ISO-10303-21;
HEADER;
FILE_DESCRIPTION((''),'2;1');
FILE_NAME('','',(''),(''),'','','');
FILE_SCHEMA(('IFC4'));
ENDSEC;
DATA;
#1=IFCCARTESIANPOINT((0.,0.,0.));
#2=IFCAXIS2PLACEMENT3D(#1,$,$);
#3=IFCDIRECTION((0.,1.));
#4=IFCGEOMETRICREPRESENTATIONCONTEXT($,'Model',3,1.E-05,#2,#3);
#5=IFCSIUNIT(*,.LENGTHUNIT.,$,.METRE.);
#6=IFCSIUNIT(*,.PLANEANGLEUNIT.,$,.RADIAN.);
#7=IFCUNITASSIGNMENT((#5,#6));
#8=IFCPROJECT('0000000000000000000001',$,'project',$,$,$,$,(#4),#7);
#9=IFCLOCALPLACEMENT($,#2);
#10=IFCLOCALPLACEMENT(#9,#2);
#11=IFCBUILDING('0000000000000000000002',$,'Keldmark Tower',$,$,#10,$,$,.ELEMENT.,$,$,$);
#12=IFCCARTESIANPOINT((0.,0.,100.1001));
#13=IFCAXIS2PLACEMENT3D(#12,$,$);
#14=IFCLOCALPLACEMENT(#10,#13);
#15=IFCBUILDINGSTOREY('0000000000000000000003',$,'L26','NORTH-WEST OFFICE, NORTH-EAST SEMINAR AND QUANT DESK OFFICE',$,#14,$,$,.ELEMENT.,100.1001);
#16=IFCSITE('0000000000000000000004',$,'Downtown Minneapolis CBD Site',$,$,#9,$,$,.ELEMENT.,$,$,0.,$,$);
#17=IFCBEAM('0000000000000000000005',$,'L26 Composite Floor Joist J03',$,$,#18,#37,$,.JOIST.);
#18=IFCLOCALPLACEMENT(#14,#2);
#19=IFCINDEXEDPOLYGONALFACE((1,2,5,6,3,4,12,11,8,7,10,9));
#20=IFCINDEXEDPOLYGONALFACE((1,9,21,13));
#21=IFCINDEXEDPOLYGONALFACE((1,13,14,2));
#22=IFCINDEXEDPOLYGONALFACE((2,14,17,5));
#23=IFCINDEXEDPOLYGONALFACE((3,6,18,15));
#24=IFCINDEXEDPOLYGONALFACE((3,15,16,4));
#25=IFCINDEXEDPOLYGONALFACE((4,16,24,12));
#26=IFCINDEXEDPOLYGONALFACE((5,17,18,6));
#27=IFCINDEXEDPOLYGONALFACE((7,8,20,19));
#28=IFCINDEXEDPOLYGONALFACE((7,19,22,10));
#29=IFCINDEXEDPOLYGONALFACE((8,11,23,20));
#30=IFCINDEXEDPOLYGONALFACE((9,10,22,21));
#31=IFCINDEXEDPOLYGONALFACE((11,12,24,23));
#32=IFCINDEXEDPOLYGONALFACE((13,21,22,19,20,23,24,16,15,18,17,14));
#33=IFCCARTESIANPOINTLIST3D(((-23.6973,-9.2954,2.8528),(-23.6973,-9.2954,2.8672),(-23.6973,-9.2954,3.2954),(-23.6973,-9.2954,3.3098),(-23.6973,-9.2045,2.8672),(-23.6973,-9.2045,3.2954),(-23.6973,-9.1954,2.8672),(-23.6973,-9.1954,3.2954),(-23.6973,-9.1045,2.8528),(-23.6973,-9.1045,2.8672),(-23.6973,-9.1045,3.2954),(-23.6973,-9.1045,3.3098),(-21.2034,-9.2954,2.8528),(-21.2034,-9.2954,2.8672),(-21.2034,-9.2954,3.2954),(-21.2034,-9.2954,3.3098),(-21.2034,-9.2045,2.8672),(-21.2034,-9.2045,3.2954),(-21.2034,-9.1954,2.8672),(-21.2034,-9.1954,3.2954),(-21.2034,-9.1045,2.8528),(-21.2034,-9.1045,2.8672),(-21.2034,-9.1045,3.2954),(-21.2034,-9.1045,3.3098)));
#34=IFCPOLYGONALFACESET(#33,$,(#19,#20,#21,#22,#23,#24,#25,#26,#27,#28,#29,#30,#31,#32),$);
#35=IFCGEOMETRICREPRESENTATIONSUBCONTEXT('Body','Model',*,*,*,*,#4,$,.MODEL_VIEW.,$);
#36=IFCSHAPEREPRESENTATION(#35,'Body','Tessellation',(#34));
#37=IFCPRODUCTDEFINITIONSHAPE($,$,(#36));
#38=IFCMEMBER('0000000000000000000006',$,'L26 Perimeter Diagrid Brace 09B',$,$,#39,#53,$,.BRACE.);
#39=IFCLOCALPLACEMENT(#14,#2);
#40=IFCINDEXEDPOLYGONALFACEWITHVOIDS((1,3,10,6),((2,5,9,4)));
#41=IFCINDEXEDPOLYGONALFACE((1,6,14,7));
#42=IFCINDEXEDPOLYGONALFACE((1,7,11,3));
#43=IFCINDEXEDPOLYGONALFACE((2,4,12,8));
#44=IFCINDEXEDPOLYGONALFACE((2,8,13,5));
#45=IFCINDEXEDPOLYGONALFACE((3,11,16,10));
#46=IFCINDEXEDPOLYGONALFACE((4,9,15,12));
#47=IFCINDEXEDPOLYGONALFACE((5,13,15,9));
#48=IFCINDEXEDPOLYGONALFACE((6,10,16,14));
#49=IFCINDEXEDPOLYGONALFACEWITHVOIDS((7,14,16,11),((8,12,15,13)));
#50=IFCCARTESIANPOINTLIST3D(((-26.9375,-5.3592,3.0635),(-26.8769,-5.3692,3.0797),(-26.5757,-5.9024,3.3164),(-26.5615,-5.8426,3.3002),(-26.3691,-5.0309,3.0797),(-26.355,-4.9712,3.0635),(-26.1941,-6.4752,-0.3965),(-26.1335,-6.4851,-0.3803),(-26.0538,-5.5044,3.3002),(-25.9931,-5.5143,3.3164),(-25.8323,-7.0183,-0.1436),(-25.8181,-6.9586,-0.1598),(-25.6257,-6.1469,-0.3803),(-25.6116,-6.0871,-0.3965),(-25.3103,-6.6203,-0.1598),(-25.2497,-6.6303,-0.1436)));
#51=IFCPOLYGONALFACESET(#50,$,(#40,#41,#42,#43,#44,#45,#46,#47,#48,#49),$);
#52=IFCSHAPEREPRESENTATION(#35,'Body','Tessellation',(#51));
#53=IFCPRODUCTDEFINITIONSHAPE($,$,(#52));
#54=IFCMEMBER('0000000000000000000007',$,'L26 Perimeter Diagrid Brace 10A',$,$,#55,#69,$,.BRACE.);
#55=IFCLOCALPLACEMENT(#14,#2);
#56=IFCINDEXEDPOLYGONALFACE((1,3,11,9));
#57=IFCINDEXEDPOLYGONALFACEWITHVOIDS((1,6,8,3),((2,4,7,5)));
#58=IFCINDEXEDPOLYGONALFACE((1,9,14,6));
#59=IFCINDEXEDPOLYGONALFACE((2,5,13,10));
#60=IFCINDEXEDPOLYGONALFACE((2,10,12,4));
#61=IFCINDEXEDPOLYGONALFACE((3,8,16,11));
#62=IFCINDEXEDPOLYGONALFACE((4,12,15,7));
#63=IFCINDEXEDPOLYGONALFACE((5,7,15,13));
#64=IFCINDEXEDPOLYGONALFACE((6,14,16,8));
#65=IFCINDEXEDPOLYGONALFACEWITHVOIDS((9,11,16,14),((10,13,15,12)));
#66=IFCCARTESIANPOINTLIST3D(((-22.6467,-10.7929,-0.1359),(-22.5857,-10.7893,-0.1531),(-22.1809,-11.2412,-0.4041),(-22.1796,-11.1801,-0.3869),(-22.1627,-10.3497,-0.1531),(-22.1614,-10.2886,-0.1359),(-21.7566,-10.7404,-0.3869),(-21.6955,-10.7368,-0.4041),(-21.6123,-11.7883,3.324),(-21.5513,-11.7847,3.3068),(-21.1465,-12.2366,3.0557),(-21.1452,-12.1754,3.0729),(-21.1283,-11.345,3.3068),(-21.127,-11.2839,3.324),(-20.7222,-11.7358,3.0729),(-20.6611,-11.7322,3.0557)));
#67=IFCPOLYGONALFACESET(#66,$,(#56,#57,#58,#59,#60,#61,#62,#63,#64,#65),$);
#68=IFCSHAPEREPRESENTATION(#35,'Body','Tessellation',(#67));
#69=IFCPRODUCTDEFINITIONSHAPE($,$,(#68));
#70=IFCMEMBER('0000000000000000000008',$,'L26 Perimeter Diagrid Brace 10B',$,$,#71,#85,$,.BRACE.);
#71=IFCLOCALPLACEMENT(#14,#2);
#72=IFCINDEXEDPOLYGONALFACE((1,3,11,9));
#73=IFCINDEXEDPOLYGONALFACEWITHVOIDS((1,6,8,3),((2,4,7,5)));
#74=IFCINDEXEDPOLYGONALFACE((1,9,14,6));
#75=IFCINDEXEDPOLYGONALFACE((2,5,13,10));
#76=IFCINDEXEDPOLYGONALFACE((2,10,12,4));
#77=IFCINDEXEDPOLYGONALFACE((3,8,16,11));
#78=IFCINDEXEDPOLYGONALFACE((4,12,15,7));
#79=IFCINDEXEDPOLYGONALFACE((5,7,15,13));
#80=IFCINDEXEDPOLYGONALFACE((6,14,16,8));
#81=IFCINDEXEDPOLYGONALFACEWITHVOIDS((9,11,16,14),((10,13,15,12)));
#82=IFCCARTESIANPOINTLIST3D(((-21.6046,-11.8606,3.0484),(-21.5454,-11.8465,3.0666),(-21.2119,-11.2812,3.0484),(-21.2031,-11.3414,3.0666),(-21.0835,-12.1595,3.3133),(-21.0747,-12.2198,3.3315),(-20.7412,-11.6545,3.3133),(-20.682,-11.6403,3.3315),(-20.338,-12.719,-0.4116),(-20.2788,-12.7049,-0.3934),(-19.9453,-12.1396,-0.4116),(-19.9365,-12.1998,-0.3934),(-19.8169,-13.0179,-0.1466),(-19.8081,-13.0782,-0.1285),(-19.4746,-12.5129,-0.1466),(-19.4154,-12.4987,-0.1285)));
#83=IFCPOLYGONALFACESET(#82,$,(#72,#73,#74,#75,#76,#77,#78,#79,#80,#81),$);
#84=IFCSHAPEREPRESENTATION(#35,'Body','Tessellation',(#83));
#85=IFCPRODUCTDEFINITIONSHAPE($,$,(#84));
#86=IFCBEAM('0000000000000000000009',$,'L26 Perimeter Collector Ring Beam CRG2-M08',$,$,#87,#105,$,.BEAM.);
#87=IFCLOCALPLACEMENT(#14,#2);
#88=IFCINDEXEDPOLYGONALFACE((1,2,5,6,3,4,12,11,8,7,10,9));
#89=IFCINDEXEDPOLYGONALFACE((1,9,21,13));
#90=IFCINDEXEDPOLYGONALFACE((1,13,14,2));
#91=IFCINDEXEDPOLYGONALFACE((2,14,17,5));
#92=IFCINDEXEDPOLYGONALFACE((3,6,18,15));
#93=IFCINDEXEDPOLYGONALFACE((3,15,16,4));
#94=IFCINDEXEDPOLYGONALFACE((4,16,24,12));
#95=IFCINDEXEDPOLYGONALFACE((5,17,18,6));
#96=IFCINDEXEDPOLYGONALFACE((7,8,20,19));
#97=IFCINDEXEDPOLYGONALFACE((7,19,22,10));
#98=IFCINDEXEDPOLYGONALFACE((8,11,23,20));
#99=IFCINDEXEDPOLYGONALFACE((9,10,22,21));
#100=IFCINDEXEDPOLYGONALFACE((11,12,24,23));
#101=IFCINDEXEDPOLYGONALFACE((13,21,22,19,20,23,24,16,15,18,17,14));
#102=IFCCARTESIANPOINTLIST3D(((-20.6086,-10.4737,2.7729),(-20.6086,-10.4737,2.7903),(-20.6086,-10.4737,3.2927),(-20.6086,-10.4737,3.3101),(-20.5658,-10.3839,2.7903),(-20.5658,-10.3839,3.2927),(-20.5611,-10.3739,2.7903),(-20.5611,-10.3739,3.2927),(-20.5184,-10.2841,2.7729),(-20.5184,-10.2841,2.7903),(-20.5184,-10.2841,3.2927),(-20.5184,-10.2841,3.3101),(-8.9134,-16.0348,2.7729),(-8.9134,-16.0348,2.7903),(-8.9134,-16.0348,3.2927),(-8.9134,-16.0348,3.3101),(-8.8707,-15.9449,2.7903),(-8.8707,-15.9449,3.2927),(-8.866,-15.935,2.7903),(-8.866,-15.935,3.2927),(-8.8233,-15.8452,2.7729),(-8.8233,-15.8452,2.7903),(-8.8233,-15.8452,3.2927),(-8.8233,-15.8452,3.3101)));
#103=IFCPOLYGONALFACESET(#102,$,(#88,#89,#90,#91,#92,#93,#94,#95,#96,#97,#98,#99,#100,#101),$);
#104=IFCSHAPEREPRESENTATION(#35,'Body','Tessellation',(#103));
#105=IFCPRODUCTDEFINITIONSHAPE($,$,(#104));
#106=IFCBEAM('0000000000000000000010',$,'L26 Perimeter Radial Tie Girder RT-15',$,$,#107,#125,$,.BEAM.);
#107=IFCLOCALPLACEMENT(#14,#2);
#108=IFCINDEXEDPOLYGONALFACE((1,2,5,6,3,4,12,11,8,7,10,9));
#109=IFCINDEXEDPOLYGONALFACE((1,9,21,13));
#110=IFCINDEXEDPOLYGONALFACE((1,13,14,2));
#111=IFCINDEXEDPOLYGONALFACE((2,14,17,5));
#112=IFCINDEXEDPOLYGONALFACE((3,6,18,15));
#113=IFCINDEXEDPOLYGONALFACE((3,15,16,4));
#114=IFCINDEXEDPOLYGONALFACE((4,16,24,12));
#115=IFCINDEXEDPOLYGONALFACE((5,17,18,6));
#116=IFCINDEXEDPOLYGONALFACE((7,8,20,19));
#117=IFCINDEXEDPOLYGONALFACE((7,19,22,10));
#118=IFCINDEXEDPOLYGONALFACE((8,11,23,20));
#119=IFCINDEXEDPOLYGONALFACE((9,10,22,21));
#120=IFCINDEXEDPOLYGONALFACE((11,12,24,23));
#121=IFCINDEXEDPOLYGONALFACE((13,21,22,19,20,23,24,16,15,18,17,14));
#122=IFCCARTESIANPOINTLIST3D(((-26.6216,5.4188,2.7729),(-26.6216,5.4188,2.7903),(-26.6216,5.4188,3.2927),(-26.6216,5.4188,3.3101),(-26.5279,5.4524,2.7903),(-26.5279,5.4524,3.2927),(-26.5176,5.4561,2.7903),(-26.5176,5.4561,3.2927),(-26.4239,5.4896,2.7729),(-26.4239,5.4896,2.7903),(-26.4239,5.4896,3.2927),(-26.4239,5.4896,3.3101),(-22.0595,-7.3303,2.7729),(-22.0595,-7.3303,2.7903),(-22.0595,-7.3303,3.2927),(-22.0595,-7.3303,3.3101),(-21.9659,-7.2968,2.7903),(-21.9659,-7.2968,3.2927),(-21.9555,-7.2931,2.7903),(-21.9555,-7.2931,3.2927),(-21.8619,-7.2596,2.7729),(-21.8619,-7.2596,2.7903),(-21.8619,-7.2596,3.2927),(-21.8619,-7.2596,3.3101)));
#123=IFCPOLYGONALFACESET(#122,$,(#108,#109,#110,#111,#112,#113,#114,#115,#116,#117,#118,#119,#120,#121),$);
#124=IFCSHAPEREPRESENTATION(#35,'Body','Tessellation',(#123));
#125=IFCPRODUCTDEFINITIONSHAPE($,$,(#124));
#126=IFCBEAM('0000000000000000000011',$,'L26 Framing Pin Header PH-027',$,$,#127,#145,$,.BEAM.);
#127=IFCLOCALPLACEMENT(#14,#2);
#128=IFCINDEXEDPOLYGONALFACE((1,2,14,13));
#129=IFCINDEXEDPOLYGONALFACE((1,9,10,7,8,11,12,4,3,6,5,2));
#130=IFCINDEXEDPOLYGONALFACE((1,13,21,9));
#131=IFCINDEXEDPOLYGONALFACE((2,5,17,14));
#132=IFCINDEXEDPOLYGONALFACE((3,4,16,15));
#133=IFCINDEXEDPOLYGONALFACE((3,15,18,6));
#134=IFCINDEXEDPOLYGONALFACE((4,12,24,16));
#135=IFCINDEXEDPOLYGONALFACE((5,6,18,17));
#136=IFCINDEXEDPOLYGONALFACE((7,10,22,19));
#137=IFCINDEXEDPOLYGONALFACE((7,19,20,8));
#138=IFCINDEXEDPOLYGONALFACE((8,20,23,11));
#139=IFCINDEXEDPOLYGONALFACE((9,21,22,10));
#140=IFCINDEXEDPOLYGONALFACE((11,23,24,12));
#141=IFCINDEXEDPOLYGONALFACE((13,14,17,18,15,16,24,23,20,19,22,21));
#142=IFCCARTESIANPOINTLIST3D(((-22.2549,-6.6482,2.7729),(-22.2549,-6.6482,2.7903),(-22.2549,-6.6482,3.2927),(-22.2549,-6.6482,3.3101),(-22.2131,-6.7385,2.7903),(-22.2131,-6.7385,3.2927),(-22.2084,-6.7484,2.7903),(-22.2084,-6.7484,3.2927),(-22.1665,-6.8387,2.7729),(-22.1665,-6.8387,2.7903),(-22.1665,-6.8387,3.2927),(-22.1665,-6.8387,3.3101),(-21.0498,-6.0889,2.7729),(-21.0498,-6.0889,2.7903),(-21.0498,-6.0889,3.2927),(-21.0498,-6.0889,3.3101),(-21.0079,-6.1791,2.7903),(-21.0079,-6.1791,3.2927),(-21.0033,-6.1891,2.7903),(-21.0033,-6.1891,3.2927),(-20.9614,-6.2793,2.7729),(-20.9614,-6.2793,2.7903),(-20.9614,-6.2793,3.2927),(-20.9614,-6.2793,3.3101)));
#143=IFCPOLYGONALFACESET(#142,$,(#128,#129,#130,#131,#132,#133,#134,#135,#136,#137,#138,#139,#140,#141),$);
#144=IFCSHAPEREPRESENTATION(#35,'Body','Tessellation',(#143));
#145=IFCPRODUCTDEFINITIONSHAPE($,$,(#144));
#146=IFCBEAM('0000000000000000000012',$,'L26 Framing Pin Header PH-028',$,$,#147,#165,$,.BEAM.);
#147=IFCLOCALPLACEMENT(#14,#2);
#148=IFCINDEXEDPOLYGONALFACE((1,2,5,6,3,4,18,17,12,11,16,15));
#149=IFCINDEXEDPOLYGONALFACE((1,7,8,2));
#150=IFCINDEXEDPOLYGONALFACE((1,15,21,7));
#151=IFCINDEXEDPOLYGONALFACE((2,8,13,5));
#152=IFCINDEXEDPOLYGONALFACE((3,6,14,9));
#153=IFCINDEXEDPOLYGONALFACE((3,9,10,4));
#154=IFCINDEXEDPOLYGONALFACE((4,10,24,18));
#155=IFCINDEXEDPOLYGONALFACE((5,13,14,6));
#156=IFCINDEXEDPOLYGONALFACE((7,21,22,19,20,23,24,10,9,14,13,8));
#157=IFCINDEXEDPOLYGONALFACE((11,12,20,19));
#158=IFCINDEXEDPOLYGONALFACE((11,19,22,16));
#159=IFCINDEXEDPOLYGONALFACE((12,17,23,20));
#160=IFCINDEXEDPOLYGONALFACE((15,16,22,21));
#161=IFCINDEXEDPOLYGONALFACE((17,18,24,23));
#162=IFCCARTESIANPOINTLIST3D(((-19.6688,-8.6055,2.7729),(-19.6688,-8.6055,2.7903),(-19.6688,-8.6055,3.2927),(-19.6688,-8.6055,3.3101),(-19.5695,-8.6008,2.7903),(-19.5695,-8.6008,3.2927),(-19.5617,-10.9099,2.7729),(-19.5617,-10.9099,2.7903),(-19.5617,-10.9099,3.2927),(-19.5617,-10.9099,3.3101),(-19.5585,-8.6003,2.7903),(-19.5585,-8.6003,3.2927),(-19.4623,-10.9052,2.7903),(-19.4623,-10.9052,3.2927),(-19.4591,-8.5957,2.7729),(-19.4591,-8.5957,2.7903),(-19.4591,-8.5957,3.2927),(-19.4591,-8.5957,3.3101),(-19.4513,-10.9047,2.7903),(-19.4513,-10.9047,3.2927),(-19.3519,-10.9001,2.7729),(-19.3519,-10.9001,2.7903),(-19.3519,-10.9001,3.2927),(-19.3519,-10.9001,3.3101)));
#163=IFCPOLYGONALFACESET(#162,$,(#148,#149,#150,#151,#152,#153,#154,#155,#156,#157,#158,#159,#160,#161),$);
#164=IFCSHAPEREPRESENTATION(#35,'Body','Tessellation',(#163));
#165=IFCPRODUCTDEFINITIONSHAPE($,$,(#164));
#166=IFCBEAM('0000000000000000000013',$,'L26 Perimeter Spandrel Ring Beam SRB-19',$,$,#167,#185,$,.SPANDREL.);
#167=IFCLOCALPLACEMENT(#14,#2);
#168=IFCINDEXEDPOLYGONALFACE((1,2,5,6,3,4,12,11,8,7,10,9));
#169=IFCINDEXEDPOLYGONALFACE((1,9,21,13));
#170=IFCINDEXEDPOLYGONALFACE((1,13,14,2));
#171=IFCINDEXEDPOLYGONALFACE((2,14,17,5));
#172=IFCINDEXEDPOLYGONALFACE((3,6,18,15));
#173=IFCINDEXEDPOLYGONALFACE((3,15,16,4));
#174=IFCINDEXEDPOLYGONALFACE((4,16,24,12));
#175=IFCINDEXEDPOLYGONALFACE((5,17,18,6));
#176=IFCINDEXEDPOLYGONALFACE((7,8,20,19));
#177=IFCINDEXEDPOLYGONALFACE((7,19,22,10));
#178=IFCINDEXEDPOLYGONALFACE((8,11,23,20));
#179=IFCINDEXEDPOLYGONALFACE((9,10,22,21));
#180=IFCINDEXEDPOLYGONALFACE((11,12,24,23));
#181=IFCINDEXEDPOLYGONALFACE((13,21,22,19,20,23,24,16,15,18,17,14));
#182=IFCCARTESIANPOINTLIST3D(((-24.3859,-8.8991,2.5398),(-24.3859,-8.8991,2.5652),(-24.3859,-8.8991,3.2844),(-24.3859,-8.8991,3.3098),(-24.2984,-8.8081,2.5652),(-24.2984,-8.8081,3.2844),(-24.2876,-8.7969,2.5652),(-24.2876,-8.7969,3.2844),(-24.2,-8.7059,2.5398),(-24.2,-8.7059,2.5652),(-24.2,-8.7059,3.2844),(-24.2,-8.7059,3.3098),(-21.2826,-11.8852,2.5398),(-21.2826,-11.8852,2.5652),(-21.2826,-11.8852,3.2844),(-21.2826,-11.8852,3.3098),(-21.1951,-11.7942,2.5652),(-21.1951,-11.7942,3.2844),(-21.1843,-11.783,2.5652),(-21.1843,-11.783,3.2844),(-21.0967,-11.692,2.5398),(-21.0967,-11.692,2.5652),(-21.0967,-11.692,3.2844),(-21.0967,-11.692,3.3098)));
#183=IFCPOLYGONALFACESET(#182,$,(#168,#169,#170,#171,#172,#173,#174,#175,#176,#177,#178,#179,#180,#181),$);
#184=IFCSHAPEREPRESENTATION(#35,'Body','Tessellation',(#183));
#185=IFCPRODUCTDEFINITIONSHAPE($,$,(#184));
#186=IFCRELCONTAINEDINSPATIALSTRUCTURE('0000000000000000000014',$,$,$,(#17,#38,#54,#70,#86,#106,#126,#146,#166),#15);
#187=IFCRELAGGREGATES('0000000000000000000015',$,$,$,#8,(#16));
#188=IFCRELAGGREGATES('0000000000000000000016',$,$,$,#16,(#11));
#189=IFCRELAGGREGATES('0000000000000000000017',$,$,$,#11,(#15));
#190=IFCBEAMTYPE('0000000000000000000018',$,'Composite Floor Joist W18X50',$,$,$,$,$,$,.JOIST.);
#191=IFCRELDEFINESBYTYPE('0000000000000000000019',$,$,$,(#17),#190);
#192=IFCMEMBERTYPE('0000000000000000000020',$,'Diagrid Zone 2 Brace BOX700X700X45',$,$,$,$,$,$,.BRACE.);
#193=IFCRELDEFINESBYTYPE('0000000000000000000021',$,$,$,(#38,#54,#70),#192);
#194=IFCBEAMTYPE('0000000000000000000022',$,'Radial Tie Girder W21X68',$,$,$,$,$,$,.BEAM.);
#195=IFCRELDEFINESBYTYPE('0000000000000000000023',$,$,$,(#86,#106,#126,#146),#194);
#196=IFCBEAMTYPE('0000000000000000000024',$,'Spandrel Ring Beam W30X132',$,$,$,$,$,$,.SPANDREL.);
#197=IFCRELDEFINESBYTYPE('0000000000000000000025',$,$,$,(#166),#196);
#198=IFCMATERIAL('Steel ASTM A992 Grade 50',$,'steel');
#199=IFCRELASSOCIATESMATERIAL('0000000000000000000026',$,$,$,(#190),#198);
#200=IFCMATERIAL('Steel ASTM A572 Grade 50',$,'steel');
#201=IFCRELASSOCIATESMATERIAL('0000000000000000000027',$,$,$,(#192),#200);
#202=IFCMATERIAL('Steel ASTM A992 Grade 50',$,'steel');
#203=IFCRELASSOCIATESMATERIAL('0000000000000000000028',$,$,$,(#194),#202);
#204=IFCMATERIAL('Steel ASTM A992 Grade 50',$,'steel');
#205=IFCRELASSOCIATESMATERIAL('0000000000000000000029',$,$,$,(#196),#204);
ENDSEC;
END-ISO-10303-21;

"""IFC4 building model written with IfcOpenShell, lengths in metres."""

from ifc_helpers import new_model, si_unit, direction, frame, origin, origin_2d, place, context, subcontext, project, spatial, hollow_rectangle, i_section, extrude, material, material_profile, profile_set, type_object, element, save


model = new_model("IFC4")

# Units and contexts
model_context = context("Model", 3, precision=1e-05, world=origin(), true_north=direction((0.0, 1.0)))
body_context = subcontext(model_context, "Body", "Model", "MODEL_VIEW")
ifc_project = project(units=[si_unit("LENGTHUNIT", "METRE"), si_unit("PLANEANGLEUNIT", "RADIAN")], contexts=[model_context])

# Site, building, storey
site_placement = place(None, origin())
site = spatial("IfcSite", under=ifc_project, at=site_placement, Name="Downtown Minneapolis CBD Site", CompositionType="ELEMENT", RefElevation=0.0)
building_placement = place(site_placement, origin())
building = spatial("IfcBuilding", under=site, at=building_placement, Name="Keldmark Tower", CompositionType="ELEMENT")
storey_placement = place(building_placement, frame((0.0, 0.0, 100.1001)))
storey = spatial("IfcBuildingStorey", under=building, at=storey_placement, Name="L26", Description="NORTH-WEST OFFICE, NORTH-EAST SEMINAR AND QUANT DESK OFFICE", CompositionType="ELEMENT", Elevation=100.1001)

# Beam
ifc_material_1 = material(Name="Steel ASTM A992 Grade 50", Category="steel")
ifc_material_profile_1 = material_profile(ifc_material_1, i_section(OverallWidth=0.1909, OverallDepth=0.457, WebThickness=0.009, FlangeThickness=0.0144, at=origin_2d()), Name="W18X50")
ifc_profile_set_1 = profile_set([ifc_material_profile_1], Name="Steel ASTM A992 Grade 50")
beam_type_1 = type_object("IfcBeamType", Name="Composite Floor Joist W18X50", PredefinedType="JOIST", material=ifc_profile_set_1)
beam_1_placement = place(storey_placement, frame((-23.6973, -9.2, 3.0813), z_axis=(1.0, 0.0, 0.0), x_axis=(0.0, 1.0, 0.0)))
element("IfcBeam", 1, at=beam_1_placement, inside=storey, type_object=beam_type_1, Name="L26 Composite Floor Joist J03", PredefinedType="JOIST", context=body_context, shape_type="SweptSolid", body=[
    extrude(i_section(OverallWidth=0.1909, OverallDepth=0.457, WebThickness=0.009, FlangeThickness=0.0144, at=origin_2d()), origin(), (0.0, 0.0, 1.0), 2.4939),
])

# Members
ifc_material_2 = material(Name="Steel ASTM A572 Grade 50", Category="steel")
ifc_material_profile_2 = material_profile(ifc_material_2, hollow_rectangle(XDim=0.7, YDim=0.7, WallThickness=0.0449, at=origin_2d()), Name="BOX700X700X45")
ifc_profile_set_2 = profile_set([ifc_material_profile_2], Name="Steel ASTM A572 Grade 50")
member_type = type_object("IfcMemberType", Name="Diagrid Zone 2 Brace BOX700X700X45", PredefinedType="BRACE", material=ifc_profile_set_2)
member_1_placement = place(storey_placement, frame((-25.7219, -6.5527, -0.27), z_axis=(-0.200341, 0.300742, 0.932426), x_axis=(-0.832246, -0.554406, 0.0)))
element("IfcMember", 2, at=member_1_placement, inside=storey, type_object=member_type, Name="L26 Perimeter Diagrid Brace 09B", PredefinedType="BRACE", context=body_context, shape_type="SweptSolid", body=[
    extrude(hollow_rectangle(XDim=0.7, YDim=0.7, WallThickness=0.0449, at=origin_2d()), origin(), (0.0, 0.0, 1.0), 3.7107),
])
member_2_placement = place(storey_placement, frame((-22.1711, -10.7649, -0.27), z_axis=(0.276145, -0.265717, 0.923655), x_axis=(0.69337, 0.720581, 0.0)))
element("IfcMember", 3, at=member_2_placement, inside=storey, type_object=member_type, Name="L26 Perimeter Diagrid Brace 10A", PredefinedType="BRACE", context=body_context, shape_type="SweptSolid", body=[
    extrude(hollow_rectangle(XDim=0.7, YDim=0.7, WallThickness=0.0449, at=origin_2d()), origin(), (0.0, 0.0, 1.0), 3.7458),
])
member_3_placement = place(storey_placement, frame((-19.8767, -12.6089, -0.27), z_axis=(-0.334798, 0.226899, 0.914564), x_axis=(-0.561017, -0.827804, 0.0)))
element("IfcMember", 4, at=member_3_placement, inside=storey, type_object=member_type, Name="L26 Perimeter Diagrid Brace 10B", PredefinedType="BRACE", context=body_context, shape_type="SweptSolid", body=[
    extrude(hollow_rectangle(XDim=0.7, YDim=0.7, WallThickness=0.0449, at=origin_2d()), origin(), (0.0, 0.0, 1.0), 3.7832),
])

# Beams
ifc_material_3 = material(Name="Steel ASTM A992 Grade 50", Category="steel")
ifc_material_profile_3 = material_profile(ifc_material_3, i_section(OverallWidth=0.21, OverallDepth=0.5371, WebThickness=0.011, FlangeThickness=0.0173, at=origin_2d()), Name="W21X68")
ifc_profile_set_3 = profile_set([ifc_material_profile_3], Name="Steel ASTM A992 Grade 50")
beam_type_2 = type_object("IfcBeamType", Name="Radial Tie Girder W21X68", PredefinedType="BEAM", material=ifc_profile_set_3)
beam_2_placement = place(storey_placement, frame((-20.5635, -10.3789, 3.0415), z_axis=(0.903102, -0.429427, 0.0), x_axis=(0.429427, 0.903102, 0.0)))
element("IfcBeam", 5, at=beam_2_placement, inside=storey, type_object=beam_type_2, Name="L26 Perimeter Collector Ring Beam CRG2-M08", PredefinedType="BEAM", context=body_context, shape_type="SweptSolid", body=[
    extrude(i_section(OverallWidth=0.21, OverallDepth=0.5371, WebThickness=0.011, FlangeThickness=0.0173, at=origin_2d()), origin(), (0.0, 0.0, 1.0), 12.95),
])
beam_3_placement = place(storey_placement, frame((-21.9607, -7.2949, 3.0415), z_axis=(-0.336912, 0.941536, 0.0), x_axis=(-0.941536, -0.336912, 0.0)))
element("IfcBeam", 6, at=beam_3_placement, inside=storey, type_object=beam_type_2, Name="L26 Perimeter Radial Tie Girder RT-15", PredefinedType="BEAM", context=body_context, shape_type="SweptSolid", body=[
    extrude(i_section(OverallWidth=0.21, OverallDepth=0.5371, WebThickness=0.011, FlangeThickness=0.0173, at=origin_2d()), origin(), (0.0, 0.0, 1.0), 13.5408),
])
beam_4_placement = place(storey_placement, frame((-21.0056, -6.1841, 3.0415), z_axis=(-0.907059, -0.421003, 0.0), x_axis=(0.421003, -0.907059, 0.0)))
element("IfcBeam", 7, at=beam_4_placement, inside=storey, type_object=beam_type_2, Name="L26 Framing Pin Header PH-027", PredefinedType="BEAM", context=body_context, shape_type="SweptSolid", body=[
    extrude(i_section(OverallWidth=0.21, OverallDepth=0.5371, WebThickness=0.011, FlangeThickness=0.0173, at=origin_2d()), origin(), (0.0, 0.0, 1.0), 1.3286),
])
beam_5_placement = place(storey_placement, frame((-19.564, -8.6006, 3.0415), z_axis=(0.046459, -0.99892, 0.0), x_axis=(0.99892, 0.046459, 0.0)))
element("IfcBeam", 8, at=beam_5_placement, inside=storey, type_object=beam_type_2, Name="L26 Framing Pin Header PH-028", PredefinedType="BEAM", context=body_context, shape_type="SweptSolid", body=[
    extrude(i_section(OverallWidth=0.21, OverallDepth=0.5371, WebThickness=0.011, FlangeThickness=0.0173, at=origin_2d()), origin(), (0.0, 0.0, 1.0), 2.3069),
])
ifc_material_4 = material(Name="Steel ASTM A992 Grade 50", Category="steel")
ifc_material_profile_4 = material_profile(ifc_material_4, i_section(OverallWidth=0.2681, OverallDepth=0.77, WebThickness=0.0156, FlangeThickness=0.0254, at=origin_2d()), Name="W30X132")
ifc_profile_set_4 = profile_set([ifc_material_profile_4], Name="Steel ASTM A992 Grade 50")
beam_type_3 = type_object("IfcBeamType", Name="Spandrel Ring Beam W30X132", PredefinedType="SPANDREL", material=ifc_profile_set_4)
beam_6_placement = place(storey_placement, frame((-24.293, -8.8025, 2.9248), z_axis=(0.720581, -0.69337, 0.0), x_axis=(0.69337, 0.720581, 0.0)))
element("IfcBeam", 9, at=beam_6_placement, inside=storey, type_object=beam_type_3, Name="L26 Perimeter Spandrel Ring Beam SRB-19", PredefinedType="SPANDREL", context=body_context, shape_type="SweptSolid", body=[
    extrude(i_section(OverallWidth=0.2681, OverallDepth=0.77, WebThickness=0.0156, FlangeThickness=0.0254, at=origin_2d()), origin(), (0.0, 0.0, 1.0), 4.3066),
])

save(model, "model.ifc")
